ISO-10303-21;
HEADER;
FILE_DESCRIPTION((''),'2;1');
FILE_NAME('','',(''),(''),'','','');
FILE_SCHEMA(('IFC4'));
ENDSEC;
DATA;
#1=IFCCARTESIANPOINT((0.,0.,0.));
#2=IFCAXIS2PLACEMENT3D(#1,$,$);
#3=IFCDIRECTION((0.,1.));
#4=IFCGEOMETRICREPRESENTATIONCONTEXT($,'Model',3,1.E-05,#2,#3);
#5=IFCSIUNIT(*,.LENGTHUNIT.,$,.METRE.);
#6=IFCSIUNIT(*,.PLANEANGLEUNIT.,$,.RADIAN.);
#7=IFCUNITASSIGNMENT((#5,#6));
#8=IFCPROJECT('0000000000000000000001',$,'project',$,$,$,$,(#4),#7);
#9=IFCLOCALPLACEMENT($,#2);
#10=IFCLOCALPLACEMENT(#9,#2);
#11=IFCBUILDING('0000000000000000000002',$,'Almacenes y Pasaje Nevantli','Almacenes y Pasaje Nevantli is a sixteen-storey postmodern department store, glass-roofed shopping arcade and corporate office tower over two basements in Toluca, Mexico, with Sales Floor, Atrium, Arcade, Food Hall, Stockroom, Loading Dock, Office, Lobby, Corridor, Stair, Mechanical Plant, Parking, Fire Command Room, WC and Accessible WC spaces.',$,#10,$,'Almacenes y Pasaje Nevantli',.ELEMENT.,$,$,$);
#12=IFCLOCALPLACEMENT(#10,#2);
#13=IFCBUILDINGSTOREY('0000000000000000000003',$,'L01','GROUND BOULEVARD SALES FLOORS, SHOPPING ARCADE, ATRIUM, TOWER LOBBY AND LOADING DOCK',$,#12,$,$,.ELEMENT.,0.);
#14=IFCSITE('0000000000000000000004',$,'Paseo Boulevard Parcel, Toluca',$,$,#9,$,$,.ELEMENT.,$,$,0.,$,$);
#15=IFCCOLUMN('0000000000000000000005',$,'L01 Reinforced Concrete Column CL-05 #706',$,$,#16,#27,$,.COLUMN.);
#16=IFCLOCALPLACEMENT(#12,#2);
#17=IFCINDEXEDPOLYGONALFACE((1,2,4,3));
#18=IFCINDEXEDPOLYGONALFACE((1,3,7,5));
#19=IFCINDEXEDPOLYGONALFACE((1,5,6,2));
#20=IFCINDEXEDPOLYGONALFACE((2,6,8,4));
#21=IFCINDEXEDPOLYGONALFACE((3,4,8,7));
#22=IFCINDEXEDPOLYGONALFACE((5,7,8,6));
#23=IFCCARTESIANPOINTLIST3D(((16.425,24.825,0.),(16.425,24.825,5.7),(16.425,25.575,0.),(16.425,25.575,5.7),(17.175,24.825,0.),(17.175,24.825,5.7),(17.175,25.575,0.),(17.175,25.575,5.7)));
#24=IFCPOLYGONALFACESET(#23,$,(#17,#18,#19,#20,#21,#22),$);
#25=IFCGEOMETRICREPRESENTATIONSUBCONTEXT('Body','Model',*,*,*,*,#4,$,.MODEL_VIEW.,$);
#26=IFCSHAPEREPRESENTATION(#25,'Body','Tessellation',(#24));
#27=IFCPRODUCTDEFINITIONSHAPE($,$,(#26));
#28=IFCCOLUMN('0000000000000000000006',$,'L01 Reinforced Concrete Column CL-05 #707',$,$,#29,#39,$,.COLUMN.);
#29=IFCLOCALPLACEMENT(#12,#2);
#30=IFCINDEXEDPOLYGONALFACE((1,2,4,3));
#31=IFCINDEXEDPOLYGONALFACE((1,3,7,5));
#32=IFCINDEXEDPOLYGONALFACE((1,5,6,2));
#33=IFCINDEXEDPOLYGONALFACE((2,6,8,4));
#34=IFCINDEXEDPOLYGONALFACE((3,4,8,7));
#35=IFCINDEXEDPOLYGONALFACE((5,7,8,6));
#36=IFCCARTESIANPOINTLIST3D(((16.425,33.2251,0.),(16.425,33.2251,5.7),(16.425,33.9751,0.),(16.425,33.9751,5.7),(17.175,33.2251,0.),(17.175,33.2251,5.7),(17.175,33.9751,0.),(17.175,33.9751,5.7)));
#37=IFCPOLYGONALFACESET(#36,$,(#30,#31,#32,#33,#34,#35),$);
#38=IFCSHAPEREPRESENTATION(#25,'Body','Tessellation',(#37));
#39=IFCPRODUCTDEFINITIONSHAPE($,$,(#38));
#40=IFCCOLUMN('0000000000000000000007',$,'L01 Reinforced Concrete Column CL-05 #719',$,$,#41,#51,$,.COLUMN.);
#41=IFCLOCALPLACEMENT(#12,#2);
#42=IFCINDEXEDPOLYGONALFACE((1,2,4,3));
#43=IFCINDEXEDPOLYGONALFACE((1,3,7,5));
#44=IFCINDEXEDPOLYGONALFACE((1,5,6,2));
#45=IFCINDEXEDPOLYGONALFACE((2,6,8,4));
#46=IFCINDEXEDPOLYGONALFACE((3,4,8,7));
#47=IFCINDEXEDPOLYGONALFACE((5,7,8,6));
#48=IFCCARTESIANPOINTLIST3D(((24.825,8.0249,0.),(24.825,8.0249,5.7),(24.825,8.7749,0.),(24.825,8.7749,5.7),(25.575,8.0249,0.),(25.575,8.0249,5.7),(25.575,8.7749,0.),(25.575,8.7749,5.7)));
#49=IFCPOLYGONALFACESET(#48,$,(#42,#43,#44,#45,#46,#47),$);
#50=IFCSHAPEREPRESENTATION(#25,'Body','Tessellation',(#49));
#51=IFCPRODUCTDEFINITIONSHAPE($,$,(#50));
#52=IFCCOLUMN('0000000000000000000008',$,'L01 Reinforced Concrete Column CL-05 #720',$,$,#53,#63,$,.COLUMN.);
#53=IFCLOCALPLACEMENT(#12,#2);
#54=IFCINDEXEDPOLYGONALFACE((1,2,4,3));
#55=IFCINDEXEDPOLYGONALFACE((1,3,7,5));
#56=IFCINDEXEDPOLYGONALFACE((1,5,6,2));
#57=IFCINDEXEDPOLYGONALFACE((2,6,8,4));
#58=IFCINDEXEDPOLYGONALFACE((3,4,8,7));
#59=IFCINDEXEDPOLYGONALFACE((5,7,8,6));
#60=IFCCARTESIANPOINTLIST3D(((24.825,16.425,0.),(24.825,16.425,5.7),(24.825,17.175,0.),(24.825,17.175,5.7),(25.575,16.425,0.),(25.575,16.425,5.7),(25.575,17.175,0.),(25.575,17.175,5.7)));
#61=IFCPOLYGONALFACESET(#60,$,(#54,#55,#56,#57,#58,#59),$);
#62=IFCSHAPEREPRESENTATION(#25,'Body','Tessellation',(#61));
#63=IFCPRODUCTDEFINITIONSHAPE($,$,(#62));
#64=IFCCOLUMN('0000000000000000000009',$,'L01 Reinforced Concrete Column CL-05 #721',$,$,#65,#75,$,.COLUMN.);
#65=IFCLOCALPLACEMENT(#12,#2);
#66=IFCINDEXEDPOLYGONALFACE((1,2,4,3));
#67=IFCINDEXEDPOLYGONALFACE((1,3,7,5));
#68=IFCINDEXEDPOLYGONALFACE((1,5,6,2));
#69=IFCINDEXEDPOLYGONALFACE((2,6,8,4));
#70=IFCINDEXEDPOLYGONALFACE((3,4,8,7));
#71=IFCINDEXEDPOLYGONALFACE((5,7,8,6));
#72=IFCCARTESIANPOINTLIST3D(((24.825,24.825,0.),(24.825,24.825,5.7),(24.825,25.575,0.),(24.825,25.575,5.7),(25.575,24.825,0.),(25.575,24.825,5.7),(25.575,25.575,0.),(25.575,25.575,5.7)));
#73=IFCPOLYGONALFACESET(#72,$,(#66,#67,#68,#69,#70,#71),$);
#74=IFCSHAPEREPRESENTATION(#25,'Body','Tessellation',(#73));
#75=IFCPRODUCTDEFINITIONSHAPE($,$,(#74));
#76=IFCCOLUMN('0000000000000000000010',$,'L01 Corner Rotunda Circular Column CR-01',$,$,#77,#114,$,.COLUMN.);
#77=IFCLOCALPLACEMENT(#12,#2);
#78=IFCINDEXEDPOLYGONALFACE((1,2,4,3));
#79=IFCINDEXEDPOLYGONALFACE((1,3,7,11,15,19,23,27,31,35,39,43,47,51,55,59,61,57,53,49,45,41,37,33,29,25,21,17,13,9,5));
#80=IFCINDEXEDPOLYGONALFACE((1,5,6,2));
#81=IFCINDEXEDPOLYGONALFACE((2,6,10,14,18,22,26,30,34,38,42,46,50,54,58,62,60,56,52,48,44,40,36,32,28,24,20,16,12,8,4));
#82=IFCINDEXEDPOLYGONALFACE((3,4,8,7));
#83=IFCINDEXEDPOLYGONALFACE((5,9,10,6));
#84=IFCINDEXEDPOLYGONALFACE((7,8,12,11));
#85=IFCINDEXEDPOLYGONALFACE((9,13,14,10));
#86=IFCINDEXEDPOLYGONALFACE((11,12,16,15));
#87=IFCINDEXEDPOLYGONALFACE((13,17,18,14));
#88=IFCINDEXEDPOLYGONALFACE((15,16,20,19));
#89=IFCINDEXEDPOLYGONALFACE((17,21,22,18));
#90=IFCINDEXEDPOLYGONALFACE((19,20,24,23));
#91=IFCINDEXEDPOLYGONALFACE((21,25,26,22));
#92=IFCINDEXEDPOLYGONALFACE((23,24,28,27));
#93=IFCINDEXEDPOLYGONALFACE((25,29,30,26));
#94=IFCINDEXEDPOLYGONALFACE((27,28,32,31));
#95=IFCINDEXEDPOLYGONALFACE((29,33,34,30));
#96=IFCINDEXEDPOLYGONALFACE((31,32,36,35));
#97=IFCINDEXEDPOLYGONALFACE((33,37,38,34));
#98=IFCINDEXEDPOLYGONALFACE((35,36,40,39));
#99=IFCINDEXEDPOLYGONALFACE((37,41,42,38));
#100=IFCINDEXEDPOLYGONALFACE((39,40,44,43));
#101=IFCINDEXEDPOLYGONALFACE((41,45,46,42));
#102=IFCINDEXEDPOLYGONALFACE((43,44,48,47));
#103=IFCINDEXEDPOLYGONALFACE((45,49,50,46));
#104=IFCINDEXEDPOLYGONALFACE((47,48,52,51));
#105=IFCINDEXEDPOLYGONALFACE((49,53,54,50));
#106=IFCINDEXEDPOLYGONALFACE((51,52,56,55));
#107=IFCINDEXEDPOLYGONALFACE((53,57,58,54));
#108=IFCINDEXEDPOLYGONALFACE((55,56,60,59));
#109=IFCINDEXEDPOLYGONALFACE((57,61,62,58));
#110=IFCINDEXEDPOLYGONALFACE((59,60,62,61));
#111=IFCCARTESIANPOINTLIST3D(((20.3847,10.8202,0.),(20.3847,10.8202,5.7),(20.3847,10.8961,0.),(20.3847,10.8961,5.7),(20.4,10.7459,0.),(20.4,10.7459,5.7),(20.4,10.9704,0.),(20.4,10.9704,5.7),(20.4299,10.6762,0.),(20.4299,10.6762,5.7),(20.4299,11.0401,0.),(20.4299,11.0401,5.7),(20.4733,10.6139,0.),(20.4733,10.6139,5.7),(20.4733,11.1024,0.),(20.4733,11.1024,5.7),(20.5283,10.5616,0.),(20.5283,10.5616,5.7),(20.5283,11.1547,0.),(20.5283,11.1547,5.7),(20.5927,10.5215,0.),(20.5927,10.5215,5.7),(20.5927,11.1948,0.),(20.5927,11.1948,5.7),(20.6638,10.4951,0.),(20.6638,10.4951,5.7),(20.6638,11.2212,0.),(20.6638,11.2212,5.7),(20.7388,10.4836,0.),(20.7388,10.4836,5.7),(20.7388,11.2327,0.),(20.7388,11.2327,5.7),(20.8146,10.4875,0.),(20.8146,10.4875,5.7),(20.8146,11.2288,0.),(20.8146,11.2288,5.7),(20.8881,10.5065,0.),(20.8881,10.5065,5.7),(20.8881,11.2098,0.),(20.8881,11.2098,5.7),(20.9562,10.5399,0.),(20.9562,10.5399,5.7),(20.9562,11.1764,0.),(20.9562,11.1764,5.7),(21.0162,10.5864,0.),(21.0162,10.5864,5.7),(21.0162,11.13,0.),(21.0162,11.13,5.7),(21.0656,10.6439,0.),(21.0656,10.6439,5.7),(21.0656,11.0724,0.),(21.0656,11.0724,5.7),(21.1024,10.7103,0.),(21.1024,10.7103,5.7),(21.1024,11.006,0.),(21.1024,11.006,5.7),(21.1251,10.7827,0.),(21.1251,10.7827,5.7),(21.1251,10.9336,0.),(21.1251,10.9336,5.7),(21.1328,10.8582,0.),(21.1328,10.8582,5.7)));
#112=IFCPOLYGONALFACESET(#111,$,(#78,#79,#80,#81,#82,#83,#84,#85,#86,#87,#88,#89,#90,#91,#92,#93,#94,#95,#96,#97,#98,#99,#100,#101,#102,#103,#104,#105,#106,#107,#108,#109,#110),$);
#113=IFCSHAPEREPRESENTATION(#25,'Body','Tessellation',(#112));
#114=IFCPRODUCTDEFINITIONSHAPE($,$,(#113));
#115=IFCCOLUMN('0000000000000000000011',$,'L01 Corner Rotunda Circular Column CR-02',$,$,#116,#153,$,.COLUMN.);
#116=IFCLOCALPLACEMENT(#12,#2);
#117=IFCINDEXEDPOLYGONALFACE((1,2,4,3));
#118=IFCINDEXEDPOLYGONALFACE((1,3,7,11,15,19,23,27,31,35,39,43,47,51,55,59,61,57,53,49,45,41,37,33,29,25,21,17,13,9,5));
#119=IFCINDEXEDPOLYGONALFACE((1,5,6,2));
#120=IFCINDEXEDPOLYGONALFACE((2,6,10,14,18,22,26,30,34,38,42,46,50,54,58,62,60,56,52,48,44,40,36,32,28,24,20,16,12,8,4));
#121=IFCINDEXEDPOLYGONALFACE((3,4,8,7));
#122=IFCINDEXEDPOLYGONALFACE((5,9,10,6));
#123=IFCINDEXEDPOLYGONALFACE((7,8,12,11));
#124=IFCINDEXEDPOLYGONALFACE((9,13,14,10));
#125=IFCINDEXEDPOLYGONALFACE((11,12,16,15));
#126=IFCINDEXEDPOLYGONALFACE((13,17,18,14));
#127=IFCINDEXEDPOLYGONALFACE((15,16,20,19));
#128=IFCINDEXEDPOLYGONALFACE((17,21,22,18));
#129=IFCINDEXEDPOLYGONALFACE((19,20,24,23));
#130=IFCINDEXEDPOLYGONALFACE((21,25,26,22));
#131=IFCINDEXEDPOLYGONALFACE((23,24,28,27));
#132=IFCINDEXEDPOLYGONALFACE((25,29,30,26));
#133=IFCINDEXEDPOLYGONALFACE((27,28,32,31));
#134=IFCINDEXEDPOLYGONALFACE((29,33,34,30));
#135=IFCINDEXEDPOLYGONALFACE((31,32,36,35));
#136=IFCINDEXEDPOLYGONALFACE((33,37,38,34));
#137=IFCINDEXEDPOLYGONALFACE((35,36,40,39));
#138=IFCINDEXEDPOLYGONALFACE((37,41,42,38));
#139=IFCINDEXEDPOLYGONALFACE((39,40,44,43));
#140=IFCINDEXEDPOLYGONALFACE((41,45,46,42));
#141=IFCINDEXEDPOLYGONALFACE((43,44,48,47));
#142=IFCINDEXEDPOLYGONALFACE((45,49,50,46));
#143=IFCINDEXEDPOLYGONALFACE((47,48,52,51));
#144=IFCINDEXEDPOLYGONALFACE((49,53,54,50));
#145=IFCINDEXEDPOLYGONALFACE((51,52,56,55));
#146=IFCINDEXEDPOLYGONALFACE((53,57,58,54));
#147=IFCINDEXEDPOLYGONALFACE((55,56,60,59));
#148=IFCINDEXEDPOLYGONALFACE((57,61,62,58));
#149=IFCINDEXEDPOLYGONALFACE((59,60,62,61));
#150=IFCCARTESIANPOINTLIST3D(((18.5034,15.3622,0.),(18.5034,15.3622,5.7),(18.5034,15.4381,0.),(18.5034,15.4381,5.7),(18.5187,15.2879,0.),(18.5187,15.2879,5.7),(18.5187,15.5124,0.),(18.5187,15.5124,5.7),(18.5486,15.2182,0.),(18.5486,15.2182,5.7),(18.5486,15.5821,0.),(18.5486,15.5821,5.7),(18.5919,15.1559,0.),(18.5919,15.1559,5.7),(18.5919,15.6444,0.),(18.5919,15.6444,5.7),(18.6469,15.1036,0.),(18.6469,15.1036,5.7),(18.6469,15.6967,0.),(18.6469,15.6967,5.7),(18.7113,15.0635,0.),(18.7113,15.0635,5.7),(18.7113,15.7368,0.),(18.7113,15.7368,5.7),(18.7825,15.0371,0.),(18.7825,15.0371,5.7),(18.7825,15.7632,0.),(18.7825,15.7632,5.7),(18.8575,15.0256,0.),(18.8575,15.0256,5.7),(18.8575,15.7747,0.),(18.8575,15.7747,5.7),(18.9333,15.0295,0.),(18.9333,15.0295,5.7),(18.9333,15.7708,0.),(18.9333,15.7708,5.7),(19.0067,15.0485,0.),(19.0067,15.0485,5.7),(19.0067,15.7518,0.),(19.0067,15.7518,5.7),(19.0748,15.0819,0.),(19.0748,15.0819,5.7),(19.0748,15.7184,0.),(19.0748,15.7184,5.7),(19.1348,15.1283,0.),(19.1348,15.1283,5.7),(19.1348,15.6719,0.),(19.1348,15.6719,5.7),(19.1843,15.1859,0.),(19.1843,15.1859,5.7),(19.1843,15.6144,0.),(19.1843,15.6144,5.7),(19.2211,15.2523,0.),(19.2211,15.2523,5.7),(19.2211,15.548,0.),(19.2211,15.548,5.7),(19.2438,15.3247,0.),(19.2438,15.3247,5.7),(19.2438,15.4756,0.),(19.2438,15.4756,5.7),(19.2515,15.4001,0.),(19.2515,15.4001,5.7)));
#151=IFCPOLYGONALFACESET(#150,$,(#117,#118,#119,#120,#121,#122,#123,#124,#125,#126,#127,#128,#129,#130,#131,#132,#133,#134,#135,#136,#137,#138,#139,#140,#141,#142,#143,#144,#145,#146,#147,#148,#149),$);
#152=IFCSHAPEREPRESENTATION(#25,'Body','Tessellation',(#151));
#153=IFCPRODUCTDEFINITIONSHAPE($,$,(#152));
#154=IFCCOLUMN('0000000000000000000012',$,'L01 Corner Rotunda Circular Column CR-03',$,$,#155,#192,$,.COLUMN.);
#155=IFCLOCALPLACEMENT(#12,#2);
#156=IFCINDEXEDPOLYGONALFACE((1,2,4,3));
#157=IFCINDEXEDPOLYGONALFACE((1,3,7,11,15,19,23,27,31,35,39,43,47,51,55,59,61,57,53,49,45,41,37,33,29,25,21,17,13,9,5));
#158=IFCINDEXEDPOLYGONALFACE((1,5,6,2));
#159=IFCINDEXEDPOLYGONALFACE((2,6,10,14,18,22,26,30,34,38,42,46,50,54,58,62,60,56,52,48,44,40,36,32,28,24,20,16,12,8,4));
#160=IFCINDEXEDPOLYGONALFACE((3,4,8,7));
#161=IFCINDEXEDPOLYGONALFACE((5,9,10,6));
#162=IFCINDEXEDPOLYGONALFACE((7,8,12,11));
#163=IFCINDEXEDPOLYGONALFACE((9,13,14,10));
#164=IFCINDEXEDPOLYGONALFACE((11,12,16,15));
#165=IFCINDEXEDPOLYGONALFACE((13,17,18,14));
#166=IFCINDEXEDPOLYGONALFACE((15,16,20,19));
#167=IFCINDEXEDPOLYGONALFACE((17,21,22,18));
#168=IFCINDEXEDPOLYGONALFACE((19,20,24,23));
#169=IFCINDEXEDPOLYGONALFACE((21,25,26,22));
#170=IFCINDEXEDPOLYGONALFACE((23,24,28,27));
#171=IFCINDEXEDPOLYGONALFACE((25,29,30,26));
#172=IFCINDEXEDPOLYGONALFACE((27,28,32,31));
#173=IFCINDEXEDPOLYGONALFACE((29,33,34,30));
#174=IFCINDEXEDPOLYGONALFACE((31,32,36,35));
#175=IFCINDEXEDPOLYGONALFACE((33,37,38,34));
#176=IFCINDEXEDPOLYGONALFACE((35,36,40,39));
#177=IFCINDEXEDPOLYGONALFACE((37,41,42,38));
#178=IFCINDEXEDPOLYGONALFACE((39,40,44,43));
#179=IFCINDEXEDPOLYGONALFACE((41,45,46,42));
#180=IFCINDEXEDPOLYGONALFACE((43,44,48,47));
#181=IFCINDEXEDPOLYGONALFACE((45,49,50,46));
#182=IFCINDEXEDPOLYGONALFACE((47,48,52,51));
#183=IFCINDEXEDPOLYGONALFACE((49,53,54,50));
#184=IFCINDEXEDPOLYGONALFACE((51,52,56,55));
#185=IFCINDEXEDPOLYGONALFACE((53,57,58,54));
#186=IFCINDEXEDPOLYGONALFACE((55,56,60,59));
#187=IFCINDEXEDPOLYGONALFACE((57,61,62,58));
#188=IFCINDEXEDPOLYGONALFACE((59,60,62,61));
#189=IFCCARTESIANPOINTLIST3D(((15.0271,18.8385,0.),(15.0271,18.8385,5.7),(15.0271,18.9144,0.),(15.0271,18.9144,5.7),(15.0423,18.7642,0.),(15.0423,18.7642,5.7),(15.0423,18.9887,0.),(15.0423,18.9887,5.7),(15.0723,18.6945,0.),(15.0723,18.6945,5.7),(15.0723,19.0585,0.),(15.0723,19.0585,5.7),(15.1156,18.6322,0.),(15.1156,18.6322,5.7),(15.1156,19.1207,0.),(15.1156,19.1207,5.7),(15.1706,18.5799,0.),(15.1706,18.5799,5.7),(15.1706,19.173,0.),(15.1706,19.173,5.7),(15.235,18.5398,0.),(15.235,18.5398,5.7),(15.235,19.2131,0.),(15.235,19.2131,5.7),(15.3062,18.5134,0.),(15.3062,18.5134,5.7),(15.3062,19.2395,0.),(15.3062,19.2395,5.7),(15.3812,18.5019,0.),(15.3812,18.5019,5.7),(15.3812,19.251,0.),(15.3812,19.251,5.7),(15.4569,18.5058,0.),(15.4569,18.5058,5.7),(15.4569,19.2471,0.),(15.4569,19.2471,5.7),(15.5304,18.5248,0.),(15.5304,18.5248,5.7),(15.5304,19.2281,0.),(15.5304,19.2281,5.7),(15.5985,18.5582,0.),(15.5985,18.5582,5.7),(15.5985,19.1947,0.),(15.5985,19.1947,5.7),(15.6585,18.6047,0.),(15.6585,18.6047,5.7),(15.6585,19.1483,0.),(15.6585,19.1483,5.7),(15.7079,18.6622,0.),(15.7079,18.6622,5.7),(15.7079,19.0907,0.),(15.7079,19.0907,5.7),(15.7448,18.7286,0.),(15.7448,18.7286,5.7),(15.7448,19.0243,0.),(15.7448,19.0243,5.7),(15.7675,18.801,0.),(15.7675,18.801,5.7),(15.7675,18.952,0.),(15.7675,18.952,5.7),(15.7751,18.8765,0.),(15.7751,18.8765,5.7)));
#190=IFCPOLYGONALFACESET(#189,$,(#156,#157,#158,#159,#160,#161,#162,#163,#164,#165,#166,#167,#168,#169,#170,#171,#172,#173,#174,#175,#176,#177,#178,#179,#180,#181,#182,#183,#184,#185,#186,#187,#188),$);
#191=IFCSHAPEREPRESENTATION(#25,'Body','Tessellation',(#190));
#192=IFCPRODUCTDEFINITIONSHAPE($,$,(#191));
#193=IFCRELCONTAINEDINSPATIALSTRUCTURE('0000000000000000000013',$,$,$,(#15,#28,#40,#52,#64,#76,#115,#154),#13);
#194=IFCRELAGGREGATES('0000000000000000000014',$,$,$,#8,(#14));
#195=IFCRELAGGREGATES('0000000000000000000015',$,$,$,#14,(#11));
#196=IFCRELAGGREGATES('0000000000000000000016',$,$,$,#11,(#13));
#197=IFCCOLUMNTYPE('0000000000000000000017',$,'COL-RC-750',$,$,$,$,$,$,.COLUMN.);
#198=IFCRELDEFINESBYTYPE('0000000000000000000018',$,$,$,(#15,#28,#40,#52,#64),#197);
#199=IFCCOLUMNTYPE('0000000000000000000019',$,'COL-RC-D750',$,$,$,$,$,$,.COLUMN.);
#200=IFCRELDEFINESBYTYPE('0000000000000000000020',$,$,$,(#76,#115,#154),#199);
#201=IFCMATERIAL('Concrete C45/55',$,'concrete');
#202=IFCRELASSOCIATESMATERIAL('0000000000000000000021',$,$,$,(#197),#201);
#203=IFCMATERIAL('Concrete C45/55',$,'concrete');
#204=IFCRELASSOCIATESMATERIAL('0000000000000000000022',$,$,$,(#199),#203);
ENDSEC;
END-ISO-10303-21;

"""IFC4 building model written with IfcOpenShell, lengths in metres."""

from ifc_helpers import new_model, si_unit, direction, frame, origin, origin_2d, place, context, subcontext, project, spatial, rectangle, circle, extrude, material, material_profile, profile_set, type_object, element, save


model = new_model("IFC4")

# Units and contexts
model_context = context("Model", 3, precision=1e-05, world=origin(), true_north=direction((0.0, 1.0)))
body_context = subcontext(model_context, "Body", "Model", "MODEL_VIEW")
ifc_project = project(units=[si_unit("LENGTHUNIT", "METRE"), si_unit("PLANEANGLEUNIT", "RADIAN")], contexts=[model_context])

# Site, building, storey
site_placement = place(None, origin())
site = spatial("IfcSite", under=ifc_project, at=site_placement, Name="Paseo Boulevard Parcel, Toluca", CompositionType="ELEMENT", RefElevation=0.0)
building_placement = place(site_placement, origin())
building = spatial("IfcBuilding", under=site, at=building_placement, Name="Almacenes y Pasaje Nevantli", Description="Almacenes y Pasaje Nevantli is a sixteen-storey postmodern department store, glass-roofed shopping arcade and corporate office tower over two basements in Toluca, Mexico, with Sales Floor, Atrium, Arcade, Food Hall, Stockroom, Loading Dock, Office, Lobby, Corridor, Stair, Mechanical Plant, Parking, Fire Command Room, WC and Accessible WC spaces.", LongName="Almacenes y Pasaje Nevantli", CompositionType="ELEMENT")
storey_placement = place(building_placement, origin())
storey = spatial("IfcBuildingStorey", under=building, at=storey_placement, Name="L01", Description="GROUND BOULEVARD SALES FLOORS, SHOPPING ARCADE, ATRIUM, TOWER LOBBY AND LOADING DOCK", CompositionType="ELEMENT", Elevation=0.0)

# Columns
ifc_material_1 = material(Name="Concrete C45/55", Category="concrete")
ifc_material_profile_1 = material_profile(ifc_material_1, rectangle(XDim=0.75, YDim=0.75, at=origin_2d()), Name="RC-COL-750x750")
ifc_profile_set_1 = profile_set([ifc_material_profile_1], Name="Concrete C45/55")
column_type_1 = type_object("IfcColumnType", Name="COL-RC-750", PredefinedType="COLUMN", material=ifc_profile_set_1)
for number, where, z_axis, x_axis, name in (
    (1, (16.8, 25.2, 0.0), (0.0, 0.0, 1.0), (1.0, 0.0, 0.0), "L01 Reinforced Concrete Column CL-05 #706"),
    (2, (16.8, 33.6001, 0.0), (0.0, 0.0, 1.0), (1.0, 0.0, 0.0), "L01 Reinforced Concrete Column CL-05 #707"),
    (3, (25.2, 8.3999, 0.0), (0.0, 0.0, 1.0), (1.0, 0.0, 0.0), "L01 Reinforced Concrete Column CL-05 #719"),
    (4, (25.2, 16.8, 0.0), (0.0, 0.0, 1.0), (1.0, 0.0, 0.0), "L01 Reinforced Concrete Column CL-05 #720"),
    (5, (25.2, 25.2, 0.0), (0.0, 0.0, 1.0), (1.0, 0.0, 0.0), "L01 Reinforced Concrete Column CL-05 #721"),
):
    element("IfcColumn", number, at=place(storey_placement, frame(where, z_axis=z_axis, x_axis=x_axis)), inside=storey, type_object=column_type_1, Name=name, PredefinedType="COLUMN", context=body_context, shape_type="SweptSolid", body=[
        extrude(rectangle(XDim=0.75, YDim=0.75, at=origin_2d()), origin(), (0.0, 0.0, 1.0), 5.7),
    ])
ifc_material_2 = material(Name="Concrete C45/55", Category="concrete")
ifc_material_profile_2 = material_profile(ifc_material_2, circle(Radius=0.375, at=origin_2d()), Name="RC-COL-D750")
ifc_profile_set_2 = profile_set([ifc_material_profile_2], Name="Concrete C45/55")
column_type_2 = type_object("IfcColumnType", Name="COL-RC-D750", PredefinedType="COLUMN", material=ifc_profile_set_2)
for number, where, z_axis, x_axis, name in (
    (6, (20.7578, 10.8582, 0.0), (0.0, 0.0, 1.0), (1.0, 0.0, 0.0), "L01 Corner Rotunda Circular Column CR-01"),
    (7, (18.8765, 15.4001, 0.0), (0.0, 0.0, 1.0), (1.0, 0.0, 0.0), "L01 Corner Rotunda Circular Column CR-02"),
    (8, (15.4001, 18.8765, 0.0), (0.0, 0.0, 1.0), (1.0, 0.0, 0.0), "L01 Corner Rotunda Circular Column CR-03"),
):
    element("IfcColumn", number, at=place(storey_placement, frame(where, z_axis=z_axis, x_axis=x_axis)), inside=storey, type_object=column_type_2, Name=name, PredefinedType="COLUMN", context=body_context, shape_type="SweptSolid", body=[
        extrude(circle(Radius=0.375, at=origin_2d()), origin(), (0.0, 0.0, 1.0), 5.7),
    ])

save(model, "model.ifc")
